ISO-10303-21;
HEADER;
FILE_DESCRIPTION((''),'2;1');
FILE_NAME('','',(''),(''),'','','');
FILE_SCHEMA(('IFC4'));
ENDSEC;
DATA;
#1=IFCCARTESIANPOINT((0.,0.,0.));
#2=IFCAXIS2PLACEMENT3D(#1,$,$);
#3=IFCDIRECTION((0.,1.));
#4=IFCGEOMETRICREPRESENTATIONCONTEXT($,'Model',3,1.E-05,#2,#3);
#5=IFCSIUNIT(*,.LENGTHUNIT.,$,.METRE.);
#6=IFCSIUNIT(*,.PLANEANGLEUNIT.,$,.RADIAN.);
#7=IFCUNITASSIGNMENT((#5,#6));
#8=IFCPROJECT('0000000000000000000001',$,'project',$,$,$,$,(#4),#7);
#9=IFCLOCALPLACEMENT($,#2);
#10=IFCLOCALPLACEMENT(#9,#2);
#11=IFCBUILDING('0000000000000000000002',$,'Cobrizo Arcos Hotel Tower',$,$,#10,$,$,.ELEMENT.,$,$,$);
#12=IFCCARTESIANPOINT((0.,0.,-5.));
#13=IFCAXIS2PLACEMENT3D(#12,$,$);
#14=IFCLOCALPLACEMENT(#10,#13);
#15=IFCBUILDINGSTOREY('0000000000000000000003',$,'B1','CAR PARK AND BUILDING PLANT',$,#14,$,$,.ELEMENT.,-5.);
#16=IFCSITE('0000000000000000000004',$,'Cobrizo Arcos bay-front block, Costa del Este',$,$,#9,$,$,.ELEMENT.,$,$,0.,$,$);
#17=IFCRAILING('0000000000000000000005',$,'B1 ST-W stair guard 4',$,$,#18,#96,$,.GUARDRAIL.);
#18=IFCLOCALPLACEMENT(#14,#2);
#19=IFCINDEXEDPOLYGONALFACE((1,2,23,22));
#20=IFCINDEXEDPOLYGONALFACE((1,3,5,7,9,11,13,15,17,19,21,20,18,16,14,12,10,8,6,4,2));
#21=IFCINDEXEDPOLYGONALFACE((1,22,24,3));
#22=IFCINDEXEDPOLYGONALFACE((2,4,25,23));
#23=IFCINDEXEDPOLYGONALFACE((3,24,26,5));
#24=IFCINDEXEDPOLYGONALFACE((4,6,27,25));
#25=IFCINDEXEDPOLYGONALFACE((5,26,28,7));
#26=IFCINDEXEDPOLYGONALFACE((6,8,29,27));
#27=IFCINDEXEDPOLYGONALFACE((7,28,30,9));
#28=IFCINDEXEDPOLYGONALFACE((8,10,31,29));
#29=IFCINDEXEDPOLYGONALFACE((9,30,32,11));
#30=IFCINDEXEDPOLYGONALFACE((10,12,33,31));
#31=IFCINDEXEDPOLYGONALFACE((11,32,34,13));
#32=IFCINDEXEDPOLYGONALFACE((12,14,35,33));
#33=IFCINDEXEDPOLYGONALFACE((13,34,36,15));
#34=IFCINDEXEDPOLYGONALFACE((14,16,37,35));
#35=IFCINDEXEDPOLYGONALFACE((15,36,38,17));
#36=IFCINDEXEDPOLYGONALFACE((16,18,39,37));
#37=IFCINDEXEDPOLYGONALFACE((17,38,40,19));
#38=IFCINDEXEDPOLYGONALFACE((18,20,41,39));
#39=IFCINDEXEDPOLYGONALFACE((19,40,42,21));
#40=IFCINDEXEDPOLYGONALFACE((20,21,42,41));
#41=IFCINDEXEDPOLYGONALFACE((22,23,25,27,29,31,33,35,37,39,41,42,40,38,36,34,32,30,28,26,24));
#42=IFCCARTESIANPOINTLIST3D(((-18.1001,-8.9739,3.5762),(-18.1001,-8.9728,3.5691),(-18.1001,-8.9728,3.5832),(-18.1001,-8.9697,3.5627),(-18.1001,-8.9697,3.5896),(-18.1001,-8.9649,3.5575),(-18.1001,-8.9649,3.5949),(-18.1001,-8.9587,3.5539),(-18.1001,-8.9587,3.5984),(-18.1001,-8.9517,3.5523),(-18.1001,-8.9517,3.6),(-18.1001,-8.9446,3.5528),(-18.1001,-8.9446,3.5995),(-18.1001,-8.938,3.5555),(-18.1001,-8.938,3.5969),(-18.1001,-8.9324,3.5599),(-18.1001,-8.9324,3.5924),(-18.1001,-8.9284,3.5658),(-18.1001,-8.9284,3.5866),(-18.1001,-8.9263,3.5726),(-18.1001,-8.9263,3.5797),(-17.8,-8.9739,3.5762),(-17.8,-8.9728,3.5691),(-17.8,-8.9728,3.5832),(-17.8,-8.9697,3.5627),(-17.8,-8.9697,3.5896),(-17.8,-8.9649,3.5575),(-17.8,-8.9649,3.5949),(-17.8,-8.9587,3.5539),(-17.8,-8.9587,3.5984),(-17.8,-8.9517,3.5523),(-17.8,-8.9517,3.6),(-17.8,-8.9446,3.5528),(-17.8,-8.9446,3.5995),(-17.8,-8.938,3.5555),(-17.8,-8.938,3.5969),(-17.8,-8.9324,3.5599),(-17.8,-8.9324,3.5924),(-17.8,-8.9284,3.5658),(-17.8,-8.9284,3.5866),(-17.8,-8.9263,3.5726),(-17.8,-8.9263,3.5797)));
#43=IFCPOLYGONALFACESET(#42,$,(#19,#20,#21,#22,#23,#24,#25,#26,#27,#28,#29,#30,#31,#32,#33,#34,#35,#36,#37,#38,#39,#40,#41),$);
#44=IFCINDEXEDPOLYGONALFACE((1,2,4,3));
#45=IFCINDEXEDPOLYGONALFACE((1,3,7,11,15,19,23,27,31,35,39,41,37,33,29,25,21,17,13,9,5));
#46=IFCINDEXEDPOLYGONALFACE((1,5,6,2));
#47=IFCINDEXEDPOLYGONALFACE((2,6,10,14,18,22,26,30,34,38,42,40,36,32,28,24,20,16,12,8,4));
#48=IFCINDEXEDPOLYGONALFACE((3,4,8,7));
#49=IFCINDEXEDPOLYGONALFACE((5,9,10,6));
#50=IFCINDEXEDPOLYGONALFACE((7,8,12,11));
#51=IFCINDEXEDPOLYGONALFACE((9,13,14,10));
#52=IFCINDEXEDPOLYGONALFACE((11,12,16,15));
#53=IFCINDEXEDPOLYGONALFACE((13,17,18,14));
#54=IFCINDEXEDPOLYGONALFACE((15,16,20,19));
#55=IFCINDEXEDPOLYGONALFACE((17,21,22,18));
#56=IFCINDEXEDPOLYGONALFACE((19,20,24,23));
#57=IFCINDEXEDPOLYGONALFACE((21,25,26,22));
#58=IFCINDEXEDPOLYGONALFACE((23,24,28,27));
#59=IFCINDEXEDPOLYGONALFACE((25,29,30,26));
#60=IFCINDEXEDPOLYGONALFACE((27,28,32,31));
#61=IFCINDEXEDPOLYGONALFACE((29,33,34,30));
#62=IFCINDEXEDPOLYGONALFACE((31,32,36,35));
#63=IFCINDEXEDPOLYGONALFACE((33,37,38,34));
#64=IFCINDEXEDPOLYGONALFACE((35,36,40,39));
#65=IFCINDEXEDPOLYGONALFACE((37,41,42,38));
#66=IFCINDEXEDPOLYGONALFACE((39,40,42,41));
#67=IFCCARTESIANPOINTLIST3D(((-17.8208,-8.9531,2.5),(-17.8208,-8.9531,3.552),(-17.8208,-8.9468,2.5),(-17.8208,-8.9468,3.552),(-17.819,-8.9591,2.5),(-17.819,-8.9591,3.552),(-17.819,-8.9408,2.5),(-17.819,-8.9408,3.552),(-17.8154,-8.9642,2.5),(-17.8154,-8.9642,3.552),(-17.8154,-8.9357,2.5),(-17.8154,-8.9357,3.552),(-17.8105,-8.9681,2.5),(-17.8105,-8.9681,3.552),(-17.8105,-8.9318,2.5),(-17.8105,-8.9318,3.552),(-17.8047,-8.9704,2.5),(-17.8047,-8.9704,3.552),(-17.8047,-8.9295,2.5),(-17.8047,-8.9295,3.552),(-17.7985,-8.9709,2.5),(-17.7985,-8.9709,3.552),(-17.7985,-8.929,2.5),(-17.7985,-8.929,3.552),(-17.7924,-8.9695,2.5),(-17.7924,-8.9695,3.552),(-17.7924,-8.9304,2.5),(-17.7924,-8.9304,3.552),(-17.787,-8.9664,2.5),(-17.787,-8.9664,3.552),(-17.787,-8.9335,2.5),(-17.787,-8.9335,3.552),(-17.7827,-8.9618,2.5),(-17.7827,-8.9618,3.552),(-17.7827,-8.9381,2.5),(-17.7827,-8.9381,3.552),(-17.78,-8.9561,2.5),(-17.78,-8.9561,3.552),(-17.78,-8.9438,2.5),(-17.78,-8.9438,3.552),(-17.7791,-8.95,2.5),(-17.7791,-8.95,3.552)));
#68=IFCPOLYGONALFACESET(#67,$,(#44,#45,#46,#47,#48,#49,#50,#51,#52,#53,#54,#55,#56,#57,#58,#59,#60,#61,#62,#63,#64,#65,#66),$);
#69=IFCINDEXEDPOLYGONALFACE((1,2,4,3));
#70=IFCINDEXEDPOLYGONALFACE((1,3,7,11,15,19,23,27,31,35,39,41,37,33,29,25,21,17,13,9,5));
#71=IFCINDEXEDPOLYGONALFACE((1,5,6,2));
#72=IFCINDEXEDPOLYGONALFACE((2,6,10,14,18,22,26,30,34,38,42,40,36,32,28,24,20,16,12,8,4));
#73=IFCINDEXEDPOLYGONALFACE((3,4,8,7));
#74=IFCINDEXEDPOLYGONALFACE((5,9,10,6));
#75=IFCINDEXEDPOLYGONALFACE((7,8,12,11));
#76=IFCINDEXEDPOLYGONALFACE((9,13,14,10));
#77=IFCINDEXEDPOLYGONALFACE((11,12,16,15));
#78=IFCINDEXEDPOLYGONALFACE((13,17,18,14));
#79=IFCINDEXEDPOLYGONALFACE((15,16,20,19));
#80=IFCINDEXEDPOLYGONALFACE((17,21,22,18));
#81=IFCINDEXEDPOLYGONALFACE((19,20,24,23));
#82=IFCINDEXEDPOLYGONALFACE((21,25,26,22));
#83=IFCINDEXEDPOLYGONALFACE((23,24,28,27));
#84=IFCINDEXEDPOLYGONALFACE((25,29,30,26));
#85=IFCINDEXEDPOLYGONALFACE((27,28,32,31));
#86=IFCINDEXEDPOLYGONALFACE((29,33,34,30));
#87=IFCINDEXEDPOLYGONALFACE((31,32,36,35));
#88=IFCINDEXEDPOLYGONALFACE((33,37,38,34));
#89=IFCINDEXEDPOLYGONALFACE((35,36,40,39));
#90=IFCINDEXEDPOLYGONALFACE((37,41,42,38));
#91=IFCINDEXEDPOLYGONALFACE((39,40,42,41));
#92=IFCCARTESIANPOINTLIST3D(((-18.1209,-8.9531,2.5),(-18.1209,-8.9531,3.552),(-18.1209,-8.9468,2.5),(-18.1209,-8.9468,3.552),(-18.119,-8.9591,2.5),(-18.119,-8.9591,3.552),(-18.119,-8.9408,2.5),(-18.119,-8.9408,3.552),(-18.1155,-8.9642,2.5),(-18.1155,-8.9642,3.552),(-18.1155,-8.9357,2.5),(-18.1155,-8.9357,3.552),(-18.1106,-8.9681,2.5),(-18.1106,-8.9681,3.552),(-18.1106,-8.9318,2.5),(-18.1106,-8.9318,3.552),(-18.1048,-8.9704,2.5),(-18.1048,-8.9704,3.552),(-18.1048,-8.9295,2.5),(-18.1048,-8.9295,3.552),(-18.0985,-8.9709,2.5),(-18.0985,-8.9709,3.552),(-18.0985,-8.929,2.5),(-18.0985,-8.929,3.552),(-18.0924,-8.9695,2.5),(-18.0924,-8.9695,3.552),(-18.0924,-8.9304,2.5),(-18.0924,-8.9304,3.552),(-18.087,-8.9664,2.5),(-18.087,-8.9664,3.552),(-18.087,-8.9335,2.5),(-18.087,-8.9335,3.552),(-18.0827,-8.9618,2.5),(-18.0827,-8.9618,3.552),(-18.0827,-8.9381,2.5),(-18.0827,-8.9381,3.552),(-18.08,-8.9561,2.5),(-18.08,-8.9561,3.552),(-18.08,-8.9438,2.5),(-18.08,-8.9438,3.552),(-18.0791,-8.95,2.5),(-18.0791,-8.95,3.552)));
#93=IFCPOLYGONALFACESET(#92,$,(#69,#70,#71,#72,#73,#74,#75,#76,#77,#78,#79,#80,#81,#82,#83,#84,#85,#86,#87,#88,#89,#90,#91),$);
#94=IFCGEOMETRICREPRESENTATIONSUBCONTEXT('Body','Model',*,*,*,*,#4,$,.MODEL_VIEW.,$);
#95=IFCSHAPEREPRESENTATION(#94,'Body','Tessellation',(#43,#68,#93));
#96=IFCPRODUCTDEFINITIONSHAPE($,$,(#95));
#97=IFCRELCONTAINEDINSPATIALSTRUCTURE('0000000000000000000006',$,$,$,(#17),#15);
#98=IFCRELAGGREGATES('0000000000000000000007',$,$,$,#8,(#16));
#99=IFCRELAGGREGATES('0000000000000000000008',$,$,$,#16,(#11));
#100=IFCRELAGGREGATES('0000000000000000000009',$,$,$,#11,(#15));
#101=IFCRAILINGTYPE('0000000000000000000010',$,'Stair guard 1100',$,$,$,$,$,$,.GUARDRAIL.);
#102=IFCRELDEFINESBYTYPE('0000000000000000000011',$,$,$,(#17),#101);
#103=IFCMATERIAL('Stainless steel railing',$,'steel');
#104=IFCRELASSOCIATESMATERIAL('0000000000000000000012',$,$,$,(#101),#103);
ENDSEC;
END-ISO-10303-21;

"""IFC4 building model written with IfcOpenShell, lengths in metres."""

from ifc_helpers import new_model, si_unit, direction, frame, origin, origin_2d, place, context, subcontext, project, spatial, circle, extrude, material, type_object, element, save


model = new_model("IFC4")

# Units and contexts
model_context = context("Model", 3, precision=1e-05, world=origin(), true_north=direction((0.0, 1.0)))
body_context = subcontext(model_context, "Body", "Model", "MODEL_VIEW")
ifc_project = project(units=[si_unit("LENGTHUNIT", "METRE"), si_unit("PLANEANGLEUNIT", "RADIAN")], contexts=[model_context])

# Site, building, storey
site_placement = place(None, origin())
site = spatial("IfcSite", under=ifc_project, at=site_placement, Name="Cobrizo Arcos bay-front block, Costa del Este", CompositionType="ELEMENT", RefElevation=0.0)
building_placement = place(site_placement, origin())
building = spatial("IfcBuilding", under=site, at=building_placement, Name="Cobrizo Arcos Hotel Tower", CompositionType="ELEMENT")
storey_placement = place(building_placement, frame((0.0, 0.0, -5.0)))
storey = spatial("IfcBuildingStorey", under=building, at=storey_placement, Name="B1", Description="CAR PARK AND BUILDING PLANT", CompositionType="ELEMENT", Elevation=-5.0)

# Railing
ifc_material_1 = material(Name="Stainless steel railing", Category="steel")
railing_type = type_object("IfcRailingType", Name="Stair guard 1100", PredefinedType="GUARDRAIL", material=ifc_material_1)
railing_1_placement = place(storey_placement, frame((-17.8, -8.95, 2.5)))
element("IfcRailing", 1, at=railing_1_placement, inside=storey, type_object=railing_type, Name="B1 ST-W stair guard 4", PredefinedType="GUARDRAIL", context=body_context, shape_type="SweptSolid", body=[
    extrude(circle(Radius=0.0239, at=origin_2d()), frame((0.0, 0.0, 1.0762), z_axis=(-1.0, 0.0, 0.0), x_axis=(0.0, -1.0, 0.0)), (0.0, 0.0, 1.0), 0.3),
    extrude(circle(Radius=0.021, at=origin_2d()), origin(), (0.0, 0.0, 1.0), 1.052),
    extrude(circle(Radius=0.021, at=origin_2d()), frame((-0.3, 0.0, 0.0)), (0.0, 0.0, 1.0), 1.052),
])

save(model, "model.ifc")
